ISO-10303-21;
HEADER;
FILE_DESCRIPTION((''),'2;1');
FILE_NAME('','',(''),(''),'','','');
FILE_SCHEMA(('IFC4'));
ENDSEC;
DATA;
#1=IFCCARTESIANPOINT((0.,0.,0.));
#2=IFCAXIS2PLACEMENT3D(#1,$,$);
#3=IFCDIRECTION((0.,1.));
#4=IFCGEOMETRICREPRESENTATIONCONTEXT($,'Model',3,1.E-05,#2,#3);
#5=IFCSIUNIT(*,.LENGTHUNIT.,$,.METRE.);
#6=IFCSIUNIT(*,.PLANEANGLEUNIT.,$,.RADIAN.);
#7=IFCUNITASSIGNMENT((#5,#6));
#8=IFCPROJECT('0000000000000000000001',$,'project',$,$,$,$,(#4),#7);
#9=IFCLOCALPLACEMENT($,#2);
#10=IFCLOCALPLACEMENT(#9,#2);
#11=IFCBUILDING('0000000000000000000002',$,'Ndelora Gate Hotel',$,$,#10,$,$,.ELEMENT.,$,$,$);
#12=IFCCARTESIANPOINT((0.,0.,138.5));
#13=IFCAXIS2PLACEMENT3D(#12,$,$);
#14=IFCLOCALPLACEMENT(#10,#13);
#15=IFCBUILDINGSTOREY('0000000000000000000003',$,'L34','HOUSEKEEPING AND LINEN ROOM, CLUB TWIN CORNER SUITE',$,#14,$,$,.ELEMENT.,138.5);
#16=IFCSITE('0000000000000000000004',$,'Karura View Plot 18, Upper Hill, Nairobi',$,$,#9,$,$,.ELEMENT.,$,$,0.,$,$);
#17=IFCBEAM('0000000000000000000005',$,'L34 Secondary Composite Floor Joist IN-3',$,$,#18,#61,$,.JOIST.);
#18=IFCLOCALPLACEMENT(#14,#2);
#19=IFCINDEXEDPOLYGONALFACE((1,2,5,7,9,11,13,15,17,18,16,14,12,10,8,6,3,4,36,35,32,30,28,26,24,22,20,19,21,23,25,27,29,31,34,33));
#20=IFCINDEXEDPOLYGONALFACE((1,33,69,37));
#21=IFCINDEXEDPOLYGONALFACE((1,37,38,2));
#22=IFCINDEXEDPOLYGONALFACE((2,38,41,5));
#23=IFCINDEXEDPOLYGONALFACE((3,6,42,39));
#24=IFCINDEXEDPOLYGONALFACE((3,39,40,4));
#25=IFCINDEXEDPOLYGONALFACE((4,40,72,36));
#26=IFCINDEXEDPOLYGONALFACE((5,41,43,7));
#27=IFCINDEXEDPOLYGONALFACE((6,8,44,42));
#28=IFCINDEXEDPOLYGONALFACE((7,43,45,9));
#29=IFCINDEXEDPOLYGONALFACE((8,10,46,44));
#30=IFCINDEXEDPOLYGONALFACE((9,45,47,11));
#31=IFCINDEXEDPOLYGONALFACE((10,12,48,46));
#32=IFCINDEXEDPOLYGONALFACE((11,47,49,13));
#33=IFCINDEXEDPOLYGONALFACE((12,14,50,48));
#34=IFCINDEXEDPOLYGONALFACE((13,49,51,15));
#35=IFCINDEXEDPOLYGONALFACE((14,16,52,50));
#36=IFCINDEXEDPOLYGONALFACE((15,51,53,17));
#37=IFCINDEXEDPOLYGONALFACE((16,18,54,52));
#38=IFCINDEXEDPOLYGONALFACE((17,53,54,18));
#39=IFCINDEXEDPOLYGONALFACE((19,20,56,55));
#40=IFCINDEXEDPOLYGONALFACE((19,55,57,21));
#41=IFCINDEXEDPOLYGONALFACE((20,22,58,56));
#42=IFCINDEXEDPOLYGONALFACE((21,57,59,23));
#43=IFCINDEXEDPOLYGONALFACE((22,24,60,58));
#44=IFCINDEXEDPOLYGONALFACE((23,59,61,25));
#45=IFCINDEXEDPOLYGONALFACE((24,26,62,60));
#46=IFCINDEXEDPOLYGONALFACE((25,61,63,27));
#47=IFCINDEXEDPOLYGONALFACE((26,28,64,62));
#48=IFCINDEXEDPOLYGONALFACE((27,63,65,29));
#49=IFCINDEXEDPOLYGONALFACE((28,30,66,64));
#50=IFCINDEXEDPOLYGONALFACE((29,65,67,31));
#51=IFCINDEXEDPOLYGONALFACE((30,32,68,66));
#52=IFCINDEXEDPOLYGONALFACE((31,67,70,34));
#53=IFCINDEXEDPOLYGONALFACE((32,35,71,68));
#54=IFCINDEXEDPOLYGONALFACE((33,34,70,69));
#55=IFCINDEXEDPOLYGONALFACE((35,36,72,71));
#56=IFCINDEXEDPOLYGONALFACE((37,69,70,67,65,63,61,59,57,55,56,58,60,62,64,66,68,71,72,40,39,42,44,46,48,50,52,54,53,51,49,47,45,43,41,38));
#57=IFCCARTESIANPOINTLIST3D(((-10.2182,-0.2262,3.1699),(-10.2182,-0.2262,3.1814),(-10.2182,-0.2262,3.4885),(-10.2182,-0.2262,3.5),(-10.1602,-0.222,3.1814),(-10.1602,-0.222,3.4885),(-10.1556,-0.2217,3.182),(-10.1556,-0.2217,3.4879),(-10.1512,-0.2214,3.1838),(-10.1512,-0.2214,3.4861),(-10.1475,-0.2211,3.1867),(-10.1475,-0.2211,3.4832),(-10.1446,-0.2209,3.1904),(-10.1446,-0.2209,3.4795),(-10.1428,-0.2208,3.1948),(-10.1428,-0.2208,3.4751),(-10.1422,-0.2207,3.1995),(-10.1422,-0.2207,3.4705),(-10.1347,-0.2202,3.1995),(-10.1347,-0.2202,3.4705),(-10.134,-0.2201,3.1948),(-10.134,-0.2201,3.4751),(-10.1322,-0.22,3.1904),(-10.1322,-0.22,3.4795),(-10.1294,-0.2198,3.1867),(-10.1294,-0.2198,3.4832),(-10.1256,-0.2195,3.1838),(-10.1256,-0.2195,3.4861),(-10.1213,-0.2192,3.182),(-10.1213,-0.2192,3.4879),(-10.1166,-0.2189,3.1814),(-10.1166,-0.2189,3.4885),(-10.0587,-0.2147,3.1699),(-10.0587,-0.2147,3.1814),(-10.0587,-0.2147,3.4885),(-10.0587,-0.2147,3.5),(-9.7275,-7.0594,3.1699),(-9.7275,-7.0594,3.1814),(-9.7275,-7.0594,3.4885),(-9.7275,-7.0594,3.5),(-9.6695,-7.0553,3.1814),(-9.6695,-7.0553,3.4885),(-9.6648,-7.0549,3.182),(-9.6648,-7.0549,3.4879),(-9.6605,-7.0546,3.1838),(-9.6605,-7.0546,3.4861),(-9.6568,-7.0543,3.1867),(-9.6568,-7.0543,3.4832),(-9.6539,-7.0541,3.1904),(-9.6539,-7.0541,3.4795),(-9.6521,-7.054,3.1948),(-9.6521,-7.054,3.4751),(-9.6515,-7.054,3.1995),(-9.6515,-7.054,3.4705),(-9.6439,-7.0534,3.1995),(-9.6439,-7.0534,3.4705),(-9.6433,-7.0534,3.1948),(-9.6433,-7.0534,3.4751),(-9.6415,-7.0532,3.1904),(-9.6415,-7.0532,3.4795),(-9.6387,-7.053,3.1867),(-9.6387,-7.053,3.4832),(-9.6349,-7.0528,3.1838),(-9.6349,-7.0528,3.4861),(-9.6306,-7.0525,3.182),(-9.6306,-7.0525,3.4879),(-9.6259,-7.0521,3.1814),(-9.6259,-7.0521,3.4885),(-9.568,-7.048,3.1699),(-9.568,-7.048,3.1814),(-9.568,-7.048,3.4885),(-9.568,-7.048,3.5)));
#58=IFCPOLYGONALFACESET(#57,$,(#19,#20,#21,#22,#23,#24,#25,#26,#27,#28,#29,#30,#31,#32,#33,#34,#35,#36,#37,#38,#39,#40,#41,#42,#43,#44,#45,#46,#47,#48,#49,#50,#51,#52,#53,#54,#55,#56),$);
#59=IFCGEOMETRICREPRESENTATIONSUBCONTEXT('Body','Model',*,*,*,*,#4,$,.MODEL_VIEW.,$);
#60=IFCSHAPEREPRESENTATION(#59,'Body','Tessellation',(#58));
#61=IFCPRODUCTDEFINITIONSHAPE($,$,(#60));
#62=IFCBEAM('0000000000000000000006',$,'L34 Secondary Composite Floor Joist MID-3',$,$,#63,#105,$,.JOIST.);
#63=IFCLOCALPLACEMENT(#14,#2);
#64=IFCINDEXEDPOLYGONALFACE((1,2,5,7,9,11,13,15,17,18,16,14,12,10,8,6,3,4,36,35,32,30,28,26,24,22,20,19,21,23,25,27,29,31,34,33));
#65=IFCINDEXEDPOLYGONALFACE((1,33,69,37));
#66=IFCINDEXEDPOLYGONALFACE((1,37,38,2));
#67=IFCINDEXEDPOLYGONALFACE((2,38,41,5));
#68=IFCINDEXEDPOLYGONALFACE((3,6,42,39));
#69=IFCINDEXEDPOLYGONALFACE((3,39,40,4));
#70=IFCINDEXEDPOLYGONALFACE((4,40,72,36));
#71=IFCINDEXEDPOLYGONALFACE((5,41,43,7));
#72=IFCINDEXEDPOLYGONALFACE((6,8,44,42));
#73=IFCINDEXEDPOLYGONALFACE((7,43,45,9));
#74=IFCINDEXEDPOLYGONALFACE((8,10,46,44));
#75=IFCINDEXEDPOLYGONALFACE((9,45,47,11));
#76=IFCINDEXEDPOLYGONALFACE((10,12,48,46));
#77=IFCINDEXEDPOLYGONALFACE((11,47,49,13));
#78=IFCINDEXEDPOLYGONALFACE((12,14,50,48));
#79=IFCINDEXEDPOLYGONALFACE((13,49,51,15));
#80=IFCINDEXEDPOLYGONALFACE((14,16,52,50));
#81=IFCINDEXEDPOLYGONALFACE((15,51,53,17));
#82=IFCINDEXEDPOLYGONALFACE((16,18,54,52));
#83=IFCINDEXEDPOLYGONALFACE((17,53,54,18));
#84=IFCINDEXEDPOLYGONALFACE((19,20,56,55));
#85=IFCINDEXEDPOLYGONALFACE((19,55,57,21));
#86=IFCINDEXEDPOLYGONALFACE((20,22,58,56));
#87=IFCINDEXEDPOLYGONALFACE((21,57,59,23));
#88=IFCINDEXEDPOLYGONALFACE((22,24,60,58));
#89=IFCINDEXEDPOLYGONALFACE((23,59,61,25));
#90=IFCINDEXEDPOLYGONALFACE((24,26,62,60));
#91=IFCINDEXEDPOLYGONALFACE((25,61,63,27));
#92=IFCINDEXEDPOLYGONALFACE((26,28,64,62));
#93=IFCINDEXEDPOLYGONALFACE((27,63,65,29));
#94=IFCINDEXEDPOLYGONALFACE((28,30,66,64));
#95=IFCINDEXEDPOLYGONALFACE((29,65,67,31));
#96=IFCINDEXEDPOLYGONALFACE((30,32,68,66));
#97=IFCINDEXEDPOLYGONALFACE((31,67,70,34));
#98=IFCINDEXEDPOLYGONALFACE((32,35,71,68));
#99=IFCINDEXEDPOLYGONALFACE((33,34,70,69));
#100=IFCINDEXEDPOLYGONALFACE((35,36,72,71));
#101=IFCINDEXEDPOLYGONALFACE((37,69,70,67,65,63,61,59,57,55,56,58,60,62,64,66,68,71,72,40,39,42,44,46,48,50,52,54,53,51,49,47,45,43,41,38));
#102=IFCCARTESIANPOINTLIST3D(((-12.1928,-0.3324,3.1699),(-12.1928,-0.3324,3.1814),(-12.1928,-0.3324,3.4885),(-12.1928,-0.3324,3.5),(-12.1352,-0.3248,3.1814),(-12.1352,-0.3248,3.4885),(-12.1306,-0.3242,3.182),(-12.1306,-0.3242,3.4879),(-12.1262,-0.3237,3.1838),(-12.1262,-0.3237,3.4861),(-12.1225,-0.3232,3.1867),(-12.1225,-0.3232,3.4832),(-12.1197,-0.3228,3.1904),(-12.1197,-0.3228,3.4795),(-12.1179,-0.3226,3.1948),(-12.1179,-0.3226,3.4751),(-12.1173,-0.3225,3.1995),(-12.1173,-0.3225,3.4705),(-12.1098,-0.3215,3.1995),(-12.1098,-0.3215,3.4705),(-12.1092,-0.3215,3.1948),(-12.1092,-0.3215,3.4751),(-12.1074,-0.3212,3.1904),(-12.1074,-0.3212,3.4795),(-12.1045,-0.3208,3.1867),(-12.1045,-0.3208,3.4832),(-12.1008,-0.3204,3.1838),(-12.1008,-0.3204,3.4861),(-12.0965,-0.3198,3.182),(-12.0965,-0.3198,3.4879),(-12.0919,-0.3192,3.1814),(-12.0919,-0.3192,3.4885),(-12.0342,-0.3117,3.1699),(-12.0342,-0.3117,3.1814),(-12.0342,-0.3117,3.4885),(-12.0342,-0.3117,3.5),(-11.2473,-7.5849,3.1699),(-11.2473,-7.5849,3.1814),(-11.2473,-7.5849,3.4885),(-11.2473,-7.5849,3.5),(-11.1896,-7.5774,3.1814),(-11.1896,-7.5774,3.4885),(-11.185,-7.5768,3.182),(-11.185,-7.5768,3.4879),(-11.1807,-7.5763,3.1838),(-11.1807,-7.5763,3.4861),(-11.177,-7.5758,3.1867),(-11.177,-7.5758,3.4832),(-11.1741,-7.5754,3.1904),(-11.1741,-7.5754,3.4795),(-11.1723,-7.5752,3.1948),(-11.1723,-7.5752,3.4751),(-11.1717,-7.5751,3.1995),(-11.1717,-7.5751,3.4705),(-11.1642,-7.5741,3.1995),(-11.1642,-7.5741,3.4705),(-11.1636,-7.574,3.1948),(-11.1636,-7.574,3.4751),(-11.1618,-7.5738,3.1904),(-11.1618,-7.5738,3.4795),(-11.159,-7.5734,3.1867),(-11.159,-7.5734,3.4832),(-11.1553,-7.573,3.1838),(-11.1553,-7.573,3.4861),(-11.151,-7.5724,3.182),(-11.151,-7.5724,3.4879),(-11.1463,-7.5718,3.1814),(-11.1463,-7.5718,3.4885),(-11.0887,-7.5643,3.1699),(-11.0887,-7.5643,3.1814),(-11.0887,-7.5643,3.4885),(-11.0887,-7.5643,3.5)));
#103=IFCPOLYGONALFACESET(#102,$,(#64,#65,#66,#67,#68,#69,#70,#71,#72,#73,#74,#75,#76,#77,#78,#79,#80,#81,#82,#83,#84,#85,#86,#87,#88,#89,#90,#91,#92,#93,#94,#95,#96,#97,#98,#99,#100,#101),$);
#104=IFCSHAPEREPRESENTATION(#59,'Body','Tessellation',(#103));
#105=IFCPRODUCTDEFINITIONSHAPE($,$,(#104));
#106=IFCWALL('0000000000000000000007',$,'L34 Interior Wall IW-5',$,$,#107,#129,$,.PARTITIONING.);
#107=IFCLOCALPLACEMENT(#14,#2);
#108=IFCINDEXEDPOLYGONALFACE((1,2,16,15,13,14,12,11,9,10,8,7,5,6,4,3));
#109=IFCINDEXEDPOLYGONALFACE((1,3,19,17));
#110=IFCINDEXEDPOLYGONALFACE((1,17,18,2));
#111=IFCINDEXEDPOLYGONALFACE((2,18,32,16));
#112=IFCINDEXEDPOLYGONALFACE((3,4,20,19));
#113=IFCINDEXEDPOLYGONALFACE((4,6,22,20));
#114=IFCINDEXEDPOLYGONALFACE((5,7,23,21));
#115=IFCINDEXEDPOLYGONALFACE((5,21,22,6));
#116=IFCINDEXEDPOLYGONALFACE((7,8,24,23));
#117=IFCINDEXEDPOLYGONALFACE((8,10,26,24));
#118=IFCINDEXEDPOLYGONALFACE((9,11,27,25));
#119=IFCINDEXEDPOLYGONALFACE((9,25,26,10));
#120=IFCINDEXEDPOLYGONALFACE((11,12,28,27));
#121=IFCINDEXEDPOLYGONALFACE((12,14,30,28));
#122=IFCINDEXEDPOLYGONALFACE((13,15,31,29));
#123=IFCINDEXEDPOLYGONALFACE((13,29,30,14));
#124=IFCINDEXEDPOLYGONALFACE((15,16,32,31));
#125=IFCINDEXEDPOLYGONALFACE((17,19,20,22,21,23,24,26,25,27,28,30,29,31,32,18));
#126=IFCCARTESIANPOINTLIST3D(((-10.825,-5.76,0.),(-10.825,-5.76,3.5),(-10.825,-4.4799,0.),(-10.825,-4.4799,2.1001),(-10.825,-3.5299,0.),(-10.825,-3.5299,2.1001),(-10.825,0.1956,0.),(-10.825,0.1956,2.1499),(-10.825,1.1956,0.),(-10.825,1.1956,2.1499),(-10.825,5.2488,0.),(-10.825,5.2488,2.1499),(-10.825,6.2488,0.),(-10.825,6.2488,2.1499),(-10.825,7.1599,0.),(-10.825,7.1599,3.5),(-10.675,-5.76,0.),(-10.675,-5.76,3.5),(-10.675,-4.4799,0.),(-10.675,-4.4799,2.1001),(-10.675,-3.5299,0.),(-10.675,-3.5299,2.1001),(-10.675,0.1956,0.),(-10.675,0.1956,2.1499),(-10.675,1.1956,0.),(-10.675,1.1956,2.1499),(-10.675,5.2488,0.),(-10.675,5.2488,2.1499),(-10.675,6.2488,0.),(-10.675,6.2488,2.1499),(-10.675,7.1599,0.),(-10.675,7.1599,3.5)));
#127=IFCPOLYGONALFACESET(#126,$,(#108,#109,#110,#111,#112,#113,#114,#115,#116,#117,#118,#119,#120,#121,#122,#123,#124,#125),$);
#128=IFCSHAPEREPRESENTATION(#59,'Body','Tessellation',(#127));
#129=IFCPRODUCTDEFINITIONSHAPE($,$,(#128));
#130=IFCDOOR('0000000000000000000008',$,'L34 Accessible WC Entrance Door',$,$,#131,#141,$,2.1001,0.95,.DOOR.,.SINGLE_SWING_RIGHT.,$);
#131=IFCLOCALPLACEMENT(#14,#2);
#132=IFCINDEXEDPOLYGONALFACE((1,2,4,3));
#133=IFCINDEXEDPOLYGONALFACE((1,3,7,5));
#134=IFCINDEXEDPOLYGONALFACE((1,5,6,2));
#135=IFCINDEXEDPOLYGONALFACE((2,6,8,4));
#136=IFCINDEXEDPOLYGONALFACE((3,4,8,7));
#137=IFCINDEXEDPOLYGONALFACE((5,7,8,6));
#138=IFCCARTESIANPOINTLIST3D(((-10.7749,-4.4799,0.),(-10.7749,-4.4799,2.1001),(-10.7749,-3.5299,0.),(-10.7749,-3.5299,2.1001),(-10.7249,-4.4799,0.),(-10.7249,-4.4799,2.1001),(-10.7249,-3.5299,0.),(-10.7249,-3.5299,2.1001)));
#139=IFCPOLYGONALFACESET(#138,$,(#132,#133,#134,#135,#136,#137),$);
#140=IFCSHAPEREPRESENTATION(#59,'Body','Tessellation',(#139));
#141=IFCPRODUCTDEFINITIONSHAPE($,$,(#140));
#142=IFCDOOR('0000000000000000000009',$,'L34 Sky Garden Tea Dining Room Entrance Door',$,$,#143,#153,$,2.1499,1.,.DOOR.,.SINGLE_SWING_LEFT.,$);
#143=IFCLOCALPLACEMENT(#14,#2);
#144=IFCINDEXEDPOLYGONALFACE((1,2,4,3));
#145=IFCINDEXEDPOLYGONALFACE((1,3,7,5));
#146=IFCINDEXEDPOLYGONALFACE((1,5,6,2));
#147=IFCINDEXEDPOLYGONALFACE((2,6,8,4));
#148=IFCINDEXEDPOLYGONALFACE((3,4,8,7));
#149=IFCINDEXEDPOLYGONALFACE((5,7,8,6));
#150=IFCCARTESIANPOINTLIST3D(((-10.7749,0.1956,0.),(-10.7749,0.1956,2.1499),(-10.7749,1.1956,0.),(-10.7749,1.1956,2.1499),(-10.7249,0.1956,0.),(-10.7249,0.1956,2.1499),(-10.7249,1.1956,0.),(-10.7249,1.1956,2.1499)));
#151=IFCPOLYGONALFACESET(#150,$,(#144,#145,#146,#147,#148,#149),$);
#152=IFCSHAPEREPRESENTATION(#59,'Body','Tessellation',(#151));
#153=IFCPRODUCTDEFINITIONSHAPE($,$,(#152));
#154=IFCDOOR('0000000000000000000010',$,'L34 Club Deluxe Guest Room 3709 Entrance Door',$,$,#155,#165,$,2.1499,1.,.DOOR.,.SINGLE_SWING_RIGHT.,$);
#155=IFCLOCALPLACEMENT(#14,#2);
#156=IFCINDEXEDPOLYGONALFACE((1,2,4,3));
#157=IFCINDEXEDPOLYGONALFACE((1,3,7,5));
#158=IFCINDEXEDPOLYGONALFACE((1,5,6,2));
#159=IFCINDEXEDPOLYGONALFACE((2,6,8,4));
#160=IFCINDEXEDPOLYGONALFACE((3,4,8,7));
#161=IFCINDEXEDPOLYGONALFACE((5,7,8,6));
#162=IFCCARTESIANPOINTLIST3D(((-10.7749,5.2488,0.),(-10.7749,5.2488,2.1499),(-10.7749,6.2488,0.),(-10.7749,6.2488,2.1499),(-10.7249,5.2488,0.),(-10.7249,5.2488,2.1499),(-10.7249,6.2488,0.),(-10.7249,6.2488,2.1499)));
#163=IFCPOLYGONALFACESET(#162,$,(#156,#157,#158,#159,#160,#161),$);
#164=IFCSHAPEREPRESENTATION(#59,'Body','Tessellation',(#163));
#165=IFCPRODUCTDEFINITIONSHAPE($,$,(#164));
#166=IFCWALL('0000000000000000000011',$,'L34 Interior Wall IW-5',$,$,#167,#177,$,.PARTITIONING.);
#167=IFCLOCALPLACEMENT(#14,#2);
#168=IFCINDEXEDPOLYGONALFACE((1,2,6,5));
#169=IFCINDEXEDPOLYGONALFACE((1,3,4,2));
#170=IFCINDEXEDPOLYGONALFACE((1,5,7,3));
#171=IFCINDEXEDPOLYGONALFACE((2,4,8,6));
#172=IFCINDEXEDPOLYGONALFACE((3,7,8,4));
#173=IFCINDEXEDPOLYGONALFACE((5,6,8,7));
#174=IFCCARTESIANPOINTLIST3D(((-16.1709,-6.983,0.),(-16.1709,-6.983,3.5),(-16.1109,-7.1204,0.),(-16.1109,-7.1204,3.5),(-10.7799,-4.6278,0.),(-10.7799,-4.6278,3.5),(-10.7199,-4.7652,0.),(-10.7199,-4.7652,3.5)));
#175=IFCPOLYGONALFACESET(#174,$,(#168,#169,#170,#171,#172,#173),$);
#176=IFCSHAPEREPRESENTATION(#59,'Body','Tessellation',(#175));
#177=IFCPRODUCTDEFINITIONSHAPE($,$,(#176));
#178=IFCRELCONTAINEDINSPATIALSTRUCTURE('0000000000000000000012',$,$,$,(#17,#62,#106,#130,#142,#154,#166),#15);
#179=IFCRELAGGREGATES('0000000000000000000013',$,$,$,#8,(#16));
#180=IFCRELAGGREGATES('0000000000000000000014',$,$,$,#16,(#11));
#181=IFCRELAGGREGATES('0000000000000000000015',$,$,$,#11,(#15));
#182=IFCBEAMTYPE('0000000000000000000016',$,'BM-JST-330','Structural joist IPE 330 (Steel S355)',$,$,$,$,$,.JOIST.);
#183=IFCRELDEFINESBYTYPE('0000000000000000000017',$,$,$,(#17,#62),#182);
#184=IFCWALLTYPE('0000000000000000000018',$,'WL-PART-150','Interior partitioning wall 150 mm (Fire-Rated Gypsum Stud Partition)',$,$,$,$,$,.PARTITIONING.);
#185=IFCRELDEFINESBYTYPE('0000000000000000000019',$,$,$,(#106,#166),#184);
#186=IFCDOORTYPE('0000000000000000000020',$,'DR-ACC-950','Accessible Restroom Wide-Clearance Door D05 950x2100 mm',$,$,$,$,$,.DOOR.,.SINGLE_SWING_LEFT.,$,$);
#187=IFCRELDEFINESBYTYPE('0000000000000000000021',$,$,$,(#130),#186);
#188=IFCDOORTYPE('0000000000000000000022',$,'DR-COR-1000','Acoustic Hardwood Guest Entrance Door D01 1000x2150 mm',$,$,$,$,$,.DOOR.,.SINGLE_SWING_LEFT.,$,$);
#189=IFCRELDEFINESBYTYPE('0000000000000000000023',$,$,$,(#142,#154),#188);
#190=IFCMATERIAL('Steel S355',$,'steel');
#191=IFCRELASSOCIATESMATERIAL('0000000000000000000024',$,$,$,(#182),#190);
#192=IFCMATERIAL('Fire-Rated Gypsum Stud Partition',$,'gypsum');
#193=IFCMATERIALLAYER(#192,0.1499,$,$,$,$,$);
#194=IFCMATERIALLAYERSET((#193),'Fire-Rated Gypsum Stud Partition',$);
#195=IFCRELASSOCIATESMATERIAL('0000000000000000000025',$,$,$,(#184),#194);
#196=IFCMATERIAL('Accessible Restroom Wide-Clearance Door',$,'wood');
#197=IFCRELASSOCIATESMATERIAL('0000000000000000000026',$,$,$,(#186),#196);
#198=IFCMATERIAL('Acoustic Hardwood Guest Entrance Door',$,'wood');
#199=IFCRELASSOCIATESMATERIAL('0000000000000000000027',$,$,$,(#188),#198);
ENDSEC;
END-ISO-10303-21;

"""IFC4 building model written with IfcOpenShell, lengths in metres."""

from ifc_helpers import new_model, si_unit, direction, frame, frame_2d, origin, origin_2d, place, context, subcontext, project, spatial, rectangle, i_section, extrude, material, layer, layer_set, material_profile, profile_set, type_object, element, fill, save


model = new_model("IFC4")

# Units and contexts
model_context = context("Model", 3, precision=1e-05, world=origin(), true_north=direction((0.0, 1.0)))
body_context = subcontext(model_context, "Body", "Model", "MODEL_VIEW")
ifc_project = project(units=[si_unit("LENGTHUNIT", "METRE"), si_unit("PLANEANGLEUNIT", "RADIAN")], contexts=[model_context])

# Site, building, storey
site_placement = place(None, origin())
site = spatial("IfcSite", under=ifc_project, at=site_placement, Name="Karura View Plot 18, Upper Hill, Nairobi", CompositionType="ELEMENT", RefElevation=0.0)
building_placement = place(site_placement, origin())
building = spatial("IfcBuilding", under=site, at=building_placement, Name="Ndelora Gate Hotel", CompositionType="ELEMENT")
storey_placement = place(building_placement, frame((0.0, 0.0, 138.5)))
storey = spatial("IfcBuildingStorey", under=building, at=storey_placement, Name="L34", Description="HOUSEKEEPING AND LINEN ROOM, CLUB TWIN CORNER SUITE", CompositionType="ELEMENT", Elevation=138.5)

# Beams
ifc_material_1 = material(Name="Steel S355", Category="steel")
ifc_material_profile = material_profile(ifc_material_1, i_section(OverallWidth=0.1599, OverallDepth=0.3301, WebThickness=0.0076, FlangeThickness=0.0115, FilletRadius=0.0181, at=origin_2d()), Name="IPE 330")
ifc_profile_set = profile_set([ifc_material_profile], Name="Steel S355")
beam_type = type_object("IfcBeamType", Name="BM-JST-330", Description="Structural joist IPE 330 (Steel S355)", PredefinedType="JOIST", material=ifc_profile_set)
beam_1_placement = place(storey_placement, frame((-10.1384, -0.2205, 3.335), z_axis=(0.071629, -0.997431, 0.0), x_axis=(0.997431, 0.071629, 0.0)))
element("IfcBeam", 1, at=beam_1_placement, inside=storey, type_object=beam_type, Name="L34 Secondary Composite Floor Joist IN-3", PredefinedType="JOIST", context=body_context, shape_type="SweptSolid", body=[
    extrude(i_section(OverallWidth=0.1599, OverallDepth=0.3301, WebThickness=0.0076, FlangeThickness=0.0115, FilletRadius=0.0181, at=origin_2d()), origin(), (0.0, 0.0, 1.0), 6.8508),
])
beam_2_placement = place(storey_placement, frame((-12.1135, -0.322, 3.335), z_axis=(0.129279, -0.991608, 0.0), x_axis=(0.991608, 0.129279, 0.0)))
element("IfcBeam", 2, at=beam_2_placement, inside=storey, type_object=beam_type, Name="L34 Secondary Composite Floor Joist MID-3", PredefinedType="JOIST", context=body_context, shape_type="SweptSolid", body=[
    extrude(i_section(OverallWidth=0.1599, OverallDepth=0.3301, WebThickness=0.0076, FlangeThickness=0.0115, FilletRadius=0.0181, at=origin_2d()), origin(), (0.0, 0.0, 1.0), 7.314),
])

# Shared definitions
ifc_material_2 = material(Name="Fire-Rated Gypsum Stud Partition", Category="gypsum")
ifc_layer_1 = layer(ifc_material_2, 0.1499)
ifc_layer_set_1 = layer_set([ifc_layer_1], Name="Fire-Rated Gypsum Stud Partition")
wall_type_1 = type_object("IfcWallType", Name="WL-PART-150", Description="Interior partitioning wall 150 mm (Fire-Rated Gypsum Stud Partition)", PredefinedType="PARTITIONING", material=ifc_layer_set_1)

# Wall, openings, doors
wall_1_placement = place(storey_placement, frame((-10.75, -5.76, 0.0), z_axis=(0.0, 0.0, 1.0), x_axis=(0.0, 1.0, 0.0)))
wall_1 = element("IfcWall", 3, at=wall_1_placement, inside=storey, type_object=wall_type_1, Name="L34 Interior Wall IW-5", PredefinedType="PARTITIONING", context=body_context, shape_type="SweptSolid", body=[
    extrude(rectangle(XDim=12.9199, YDim=0.1499, at=frame_2d((6.46, 0.0))), origin(), (0.0, 0.0, 1.0), 3.5),
])
opening_1_placement = place(wall_1_placement, frame((1.28, 0.0, 0.0)))
opening_1 = element("IfcOpeningElement", 4, at=opening_1_placement, cuts=wall_1, PredefinedType="OPENING", context=body_context, shape_type="SweptSolid", body=[
    extrude(rectangle(XDim=0.95, YDim=2.1001, at=frame_2d((0.4751, 1.05))), frame((0.0, 0.085, 0.0), z_axis=(0.0, -1.0, 0.0), x_axis=(1.0, 0.0, 0.0)), (0.0, 0.0, 1.0), 0.1699),
])
opening_2_placement = place(wall_1_placement, frame((5.9556, 0.0, 0.0)))
opening_2 = element("IfcOpeningElement", 5, at=opening_2_placement, cuts=wall_1, PredefinedType="OPENING", context=body_context, shape_type="SweptSolid", body=[
    extrude(rectangle(XDim=1.0, YDim=2.1499, at=frame_2d((0.5, 1.075))), frame((0.0, 0.085, 0.0), z_axis=(0.0, -1.0, 0.0), x_axis=(1.0, 0.0, 0.0)), (0.0, 0.0, 1.0), 0.1699),
])
opening_3_placement = place(wall_1_placement, frame((11.0088, 0.0, 0.0)))
opening_3 = element("IfcOpeningElement", 6, at=opening_3_placement, cuts=wall_1, PredefinedType="OPENING", context=body_context, shape_type="SweptSolid", body=[
    extrude(rectangle(XDim=1.0, YDim=2.1499, at=frame_2d((0.5, 1.075))), frame((0.0, 0.085, 0.0), z_axis=(0.0, -1.0, 0.0), x_axis=(1.0, 0.0, 0.0)), (0.0, 0.0, 1.0), 0.1699),
])
ifc_material_3 = material(Name="Accessible Restroom Wide-Clearance Door", Category="wood")
door_type_1 = type_object("IfcDoorType", Name="DR-ACC-950", Description="Accessible Restroom Wide-Clearance Door D05 950x2100 mm", OperationType="SINGLE_SWING_LEFT", PredefinedType="DOOR", material=ifc_material_3)
door_1_placement = place(opening_1_placement, origin())
door_1 = element("IfcDoor", 7, at=door_1_placement, inside=storey, type_object=door_type_1, Name="L34 Accessible WC Entrance Door", OperationType="SINGLE_SWING_RIGHT", OverallHeight=2.1001, OverallWidth=0.95, PredefinedType="DOOR", context=body_context, shape_type="SweptSolid", body=[
    extrude(rectangle(XDim=0.95, YDim=2.1001, at=frame_2d((0.4751, 1.05))), frame((0.0, 0.0249, 0.0), z_axis=(0.0, -1.0, 0.0), x_axis=(1.0, 0.0, 0.0)), (0.0, 0.0, 1.0), 0.05),
])
fill(opening_1, door_1)
ifc_material_4 = material(Name="Acoustic Hardwood Guest Entrance Door", Category="wood")
door_type_2 = type_object("IfcDoorType", Name="DR-COR-1000", Description="Acoustic Hardwood Guest Entrance Door D01 1000x2150 mm", OperationType="SINGLE_SWING_LEFT", PredefinedType="DOOR", material=ifc_material_4)
door_2_placement = place(opening_2_placement, origin())
door_2 = element("IfcDoor", 8, at=door_2_placement, inside=storey, type_object=door_type_2, Name="L34 Sky Garden Tea Dining Room Entrance Door", OperationType="SINGLE_SWING_LEFT", OverallHeight=2.1499, OverallWidth=1.0, PredefinedType="DOOR", context=body_context, shape_type="SweptSolid", body=[
    extrude(rectangle(XDim=1.0, YDim=2.1499, at=frame_2d((0.5, 1.075))), frame((0.0, 0.0249, 0.0), z_axis=(0.0, -1.0, 0.0), x_axis=(1.0, 0.0, 0.0)), (0.0, 0.0, 1.0), 0.05),
])
fill(opening_2, door_2)
door_3_placement = place(opening_3_placement, origin())
door_3 = element("IfcDoor", 9, at=door_3_placement, inside=storey, type_object=door_type_2, Name="L34 Club Deluxe Guest Room 3709 Entrance Door", OperationType="SINGLE_SWING_RIGHT", OverallHeight=2.1499, OverallWidth=1.0, PredefinedType="DOOR", context=body_context, shape_type="SweptSolid", body=[
    extrude(rectangle(XDim=1.0, YDim=2.1499, at=frame_2d((0.5, 1.075))), frame((0.0, 0.0249, 0.0), z_axis=(0.0, -1.0, 0.0), x_axis=(1.0, 0.0, 0.0)), (0.0, 0.0, 1.0), 0.05),
])
fill(opening_3, door_3)

# Wall
wall_2_placement = place(storey_placement, frame((-10.75, -4.6965, 0.0), z_axis=(0.0, 0.0, 1.0), x_axis=(-0.916369, -0.400335, 0.0)))
element("IfcWall", 10, at=wall_2_placement, inside=storey, type_object=wall_type_1, Name="L34 Interior Wall IW-5", PredefinedType="PARTITIONING", context=body_context, shape_type="SweptSolid", body=[
    extrude(rectangle(XDim=5.8831, YDim=0.1499, at=frame_2d((2.9414, 0.0))), origin(), (0.0, 0.0, 1.0), 3.5),
])

save(model, "model.ifc")
